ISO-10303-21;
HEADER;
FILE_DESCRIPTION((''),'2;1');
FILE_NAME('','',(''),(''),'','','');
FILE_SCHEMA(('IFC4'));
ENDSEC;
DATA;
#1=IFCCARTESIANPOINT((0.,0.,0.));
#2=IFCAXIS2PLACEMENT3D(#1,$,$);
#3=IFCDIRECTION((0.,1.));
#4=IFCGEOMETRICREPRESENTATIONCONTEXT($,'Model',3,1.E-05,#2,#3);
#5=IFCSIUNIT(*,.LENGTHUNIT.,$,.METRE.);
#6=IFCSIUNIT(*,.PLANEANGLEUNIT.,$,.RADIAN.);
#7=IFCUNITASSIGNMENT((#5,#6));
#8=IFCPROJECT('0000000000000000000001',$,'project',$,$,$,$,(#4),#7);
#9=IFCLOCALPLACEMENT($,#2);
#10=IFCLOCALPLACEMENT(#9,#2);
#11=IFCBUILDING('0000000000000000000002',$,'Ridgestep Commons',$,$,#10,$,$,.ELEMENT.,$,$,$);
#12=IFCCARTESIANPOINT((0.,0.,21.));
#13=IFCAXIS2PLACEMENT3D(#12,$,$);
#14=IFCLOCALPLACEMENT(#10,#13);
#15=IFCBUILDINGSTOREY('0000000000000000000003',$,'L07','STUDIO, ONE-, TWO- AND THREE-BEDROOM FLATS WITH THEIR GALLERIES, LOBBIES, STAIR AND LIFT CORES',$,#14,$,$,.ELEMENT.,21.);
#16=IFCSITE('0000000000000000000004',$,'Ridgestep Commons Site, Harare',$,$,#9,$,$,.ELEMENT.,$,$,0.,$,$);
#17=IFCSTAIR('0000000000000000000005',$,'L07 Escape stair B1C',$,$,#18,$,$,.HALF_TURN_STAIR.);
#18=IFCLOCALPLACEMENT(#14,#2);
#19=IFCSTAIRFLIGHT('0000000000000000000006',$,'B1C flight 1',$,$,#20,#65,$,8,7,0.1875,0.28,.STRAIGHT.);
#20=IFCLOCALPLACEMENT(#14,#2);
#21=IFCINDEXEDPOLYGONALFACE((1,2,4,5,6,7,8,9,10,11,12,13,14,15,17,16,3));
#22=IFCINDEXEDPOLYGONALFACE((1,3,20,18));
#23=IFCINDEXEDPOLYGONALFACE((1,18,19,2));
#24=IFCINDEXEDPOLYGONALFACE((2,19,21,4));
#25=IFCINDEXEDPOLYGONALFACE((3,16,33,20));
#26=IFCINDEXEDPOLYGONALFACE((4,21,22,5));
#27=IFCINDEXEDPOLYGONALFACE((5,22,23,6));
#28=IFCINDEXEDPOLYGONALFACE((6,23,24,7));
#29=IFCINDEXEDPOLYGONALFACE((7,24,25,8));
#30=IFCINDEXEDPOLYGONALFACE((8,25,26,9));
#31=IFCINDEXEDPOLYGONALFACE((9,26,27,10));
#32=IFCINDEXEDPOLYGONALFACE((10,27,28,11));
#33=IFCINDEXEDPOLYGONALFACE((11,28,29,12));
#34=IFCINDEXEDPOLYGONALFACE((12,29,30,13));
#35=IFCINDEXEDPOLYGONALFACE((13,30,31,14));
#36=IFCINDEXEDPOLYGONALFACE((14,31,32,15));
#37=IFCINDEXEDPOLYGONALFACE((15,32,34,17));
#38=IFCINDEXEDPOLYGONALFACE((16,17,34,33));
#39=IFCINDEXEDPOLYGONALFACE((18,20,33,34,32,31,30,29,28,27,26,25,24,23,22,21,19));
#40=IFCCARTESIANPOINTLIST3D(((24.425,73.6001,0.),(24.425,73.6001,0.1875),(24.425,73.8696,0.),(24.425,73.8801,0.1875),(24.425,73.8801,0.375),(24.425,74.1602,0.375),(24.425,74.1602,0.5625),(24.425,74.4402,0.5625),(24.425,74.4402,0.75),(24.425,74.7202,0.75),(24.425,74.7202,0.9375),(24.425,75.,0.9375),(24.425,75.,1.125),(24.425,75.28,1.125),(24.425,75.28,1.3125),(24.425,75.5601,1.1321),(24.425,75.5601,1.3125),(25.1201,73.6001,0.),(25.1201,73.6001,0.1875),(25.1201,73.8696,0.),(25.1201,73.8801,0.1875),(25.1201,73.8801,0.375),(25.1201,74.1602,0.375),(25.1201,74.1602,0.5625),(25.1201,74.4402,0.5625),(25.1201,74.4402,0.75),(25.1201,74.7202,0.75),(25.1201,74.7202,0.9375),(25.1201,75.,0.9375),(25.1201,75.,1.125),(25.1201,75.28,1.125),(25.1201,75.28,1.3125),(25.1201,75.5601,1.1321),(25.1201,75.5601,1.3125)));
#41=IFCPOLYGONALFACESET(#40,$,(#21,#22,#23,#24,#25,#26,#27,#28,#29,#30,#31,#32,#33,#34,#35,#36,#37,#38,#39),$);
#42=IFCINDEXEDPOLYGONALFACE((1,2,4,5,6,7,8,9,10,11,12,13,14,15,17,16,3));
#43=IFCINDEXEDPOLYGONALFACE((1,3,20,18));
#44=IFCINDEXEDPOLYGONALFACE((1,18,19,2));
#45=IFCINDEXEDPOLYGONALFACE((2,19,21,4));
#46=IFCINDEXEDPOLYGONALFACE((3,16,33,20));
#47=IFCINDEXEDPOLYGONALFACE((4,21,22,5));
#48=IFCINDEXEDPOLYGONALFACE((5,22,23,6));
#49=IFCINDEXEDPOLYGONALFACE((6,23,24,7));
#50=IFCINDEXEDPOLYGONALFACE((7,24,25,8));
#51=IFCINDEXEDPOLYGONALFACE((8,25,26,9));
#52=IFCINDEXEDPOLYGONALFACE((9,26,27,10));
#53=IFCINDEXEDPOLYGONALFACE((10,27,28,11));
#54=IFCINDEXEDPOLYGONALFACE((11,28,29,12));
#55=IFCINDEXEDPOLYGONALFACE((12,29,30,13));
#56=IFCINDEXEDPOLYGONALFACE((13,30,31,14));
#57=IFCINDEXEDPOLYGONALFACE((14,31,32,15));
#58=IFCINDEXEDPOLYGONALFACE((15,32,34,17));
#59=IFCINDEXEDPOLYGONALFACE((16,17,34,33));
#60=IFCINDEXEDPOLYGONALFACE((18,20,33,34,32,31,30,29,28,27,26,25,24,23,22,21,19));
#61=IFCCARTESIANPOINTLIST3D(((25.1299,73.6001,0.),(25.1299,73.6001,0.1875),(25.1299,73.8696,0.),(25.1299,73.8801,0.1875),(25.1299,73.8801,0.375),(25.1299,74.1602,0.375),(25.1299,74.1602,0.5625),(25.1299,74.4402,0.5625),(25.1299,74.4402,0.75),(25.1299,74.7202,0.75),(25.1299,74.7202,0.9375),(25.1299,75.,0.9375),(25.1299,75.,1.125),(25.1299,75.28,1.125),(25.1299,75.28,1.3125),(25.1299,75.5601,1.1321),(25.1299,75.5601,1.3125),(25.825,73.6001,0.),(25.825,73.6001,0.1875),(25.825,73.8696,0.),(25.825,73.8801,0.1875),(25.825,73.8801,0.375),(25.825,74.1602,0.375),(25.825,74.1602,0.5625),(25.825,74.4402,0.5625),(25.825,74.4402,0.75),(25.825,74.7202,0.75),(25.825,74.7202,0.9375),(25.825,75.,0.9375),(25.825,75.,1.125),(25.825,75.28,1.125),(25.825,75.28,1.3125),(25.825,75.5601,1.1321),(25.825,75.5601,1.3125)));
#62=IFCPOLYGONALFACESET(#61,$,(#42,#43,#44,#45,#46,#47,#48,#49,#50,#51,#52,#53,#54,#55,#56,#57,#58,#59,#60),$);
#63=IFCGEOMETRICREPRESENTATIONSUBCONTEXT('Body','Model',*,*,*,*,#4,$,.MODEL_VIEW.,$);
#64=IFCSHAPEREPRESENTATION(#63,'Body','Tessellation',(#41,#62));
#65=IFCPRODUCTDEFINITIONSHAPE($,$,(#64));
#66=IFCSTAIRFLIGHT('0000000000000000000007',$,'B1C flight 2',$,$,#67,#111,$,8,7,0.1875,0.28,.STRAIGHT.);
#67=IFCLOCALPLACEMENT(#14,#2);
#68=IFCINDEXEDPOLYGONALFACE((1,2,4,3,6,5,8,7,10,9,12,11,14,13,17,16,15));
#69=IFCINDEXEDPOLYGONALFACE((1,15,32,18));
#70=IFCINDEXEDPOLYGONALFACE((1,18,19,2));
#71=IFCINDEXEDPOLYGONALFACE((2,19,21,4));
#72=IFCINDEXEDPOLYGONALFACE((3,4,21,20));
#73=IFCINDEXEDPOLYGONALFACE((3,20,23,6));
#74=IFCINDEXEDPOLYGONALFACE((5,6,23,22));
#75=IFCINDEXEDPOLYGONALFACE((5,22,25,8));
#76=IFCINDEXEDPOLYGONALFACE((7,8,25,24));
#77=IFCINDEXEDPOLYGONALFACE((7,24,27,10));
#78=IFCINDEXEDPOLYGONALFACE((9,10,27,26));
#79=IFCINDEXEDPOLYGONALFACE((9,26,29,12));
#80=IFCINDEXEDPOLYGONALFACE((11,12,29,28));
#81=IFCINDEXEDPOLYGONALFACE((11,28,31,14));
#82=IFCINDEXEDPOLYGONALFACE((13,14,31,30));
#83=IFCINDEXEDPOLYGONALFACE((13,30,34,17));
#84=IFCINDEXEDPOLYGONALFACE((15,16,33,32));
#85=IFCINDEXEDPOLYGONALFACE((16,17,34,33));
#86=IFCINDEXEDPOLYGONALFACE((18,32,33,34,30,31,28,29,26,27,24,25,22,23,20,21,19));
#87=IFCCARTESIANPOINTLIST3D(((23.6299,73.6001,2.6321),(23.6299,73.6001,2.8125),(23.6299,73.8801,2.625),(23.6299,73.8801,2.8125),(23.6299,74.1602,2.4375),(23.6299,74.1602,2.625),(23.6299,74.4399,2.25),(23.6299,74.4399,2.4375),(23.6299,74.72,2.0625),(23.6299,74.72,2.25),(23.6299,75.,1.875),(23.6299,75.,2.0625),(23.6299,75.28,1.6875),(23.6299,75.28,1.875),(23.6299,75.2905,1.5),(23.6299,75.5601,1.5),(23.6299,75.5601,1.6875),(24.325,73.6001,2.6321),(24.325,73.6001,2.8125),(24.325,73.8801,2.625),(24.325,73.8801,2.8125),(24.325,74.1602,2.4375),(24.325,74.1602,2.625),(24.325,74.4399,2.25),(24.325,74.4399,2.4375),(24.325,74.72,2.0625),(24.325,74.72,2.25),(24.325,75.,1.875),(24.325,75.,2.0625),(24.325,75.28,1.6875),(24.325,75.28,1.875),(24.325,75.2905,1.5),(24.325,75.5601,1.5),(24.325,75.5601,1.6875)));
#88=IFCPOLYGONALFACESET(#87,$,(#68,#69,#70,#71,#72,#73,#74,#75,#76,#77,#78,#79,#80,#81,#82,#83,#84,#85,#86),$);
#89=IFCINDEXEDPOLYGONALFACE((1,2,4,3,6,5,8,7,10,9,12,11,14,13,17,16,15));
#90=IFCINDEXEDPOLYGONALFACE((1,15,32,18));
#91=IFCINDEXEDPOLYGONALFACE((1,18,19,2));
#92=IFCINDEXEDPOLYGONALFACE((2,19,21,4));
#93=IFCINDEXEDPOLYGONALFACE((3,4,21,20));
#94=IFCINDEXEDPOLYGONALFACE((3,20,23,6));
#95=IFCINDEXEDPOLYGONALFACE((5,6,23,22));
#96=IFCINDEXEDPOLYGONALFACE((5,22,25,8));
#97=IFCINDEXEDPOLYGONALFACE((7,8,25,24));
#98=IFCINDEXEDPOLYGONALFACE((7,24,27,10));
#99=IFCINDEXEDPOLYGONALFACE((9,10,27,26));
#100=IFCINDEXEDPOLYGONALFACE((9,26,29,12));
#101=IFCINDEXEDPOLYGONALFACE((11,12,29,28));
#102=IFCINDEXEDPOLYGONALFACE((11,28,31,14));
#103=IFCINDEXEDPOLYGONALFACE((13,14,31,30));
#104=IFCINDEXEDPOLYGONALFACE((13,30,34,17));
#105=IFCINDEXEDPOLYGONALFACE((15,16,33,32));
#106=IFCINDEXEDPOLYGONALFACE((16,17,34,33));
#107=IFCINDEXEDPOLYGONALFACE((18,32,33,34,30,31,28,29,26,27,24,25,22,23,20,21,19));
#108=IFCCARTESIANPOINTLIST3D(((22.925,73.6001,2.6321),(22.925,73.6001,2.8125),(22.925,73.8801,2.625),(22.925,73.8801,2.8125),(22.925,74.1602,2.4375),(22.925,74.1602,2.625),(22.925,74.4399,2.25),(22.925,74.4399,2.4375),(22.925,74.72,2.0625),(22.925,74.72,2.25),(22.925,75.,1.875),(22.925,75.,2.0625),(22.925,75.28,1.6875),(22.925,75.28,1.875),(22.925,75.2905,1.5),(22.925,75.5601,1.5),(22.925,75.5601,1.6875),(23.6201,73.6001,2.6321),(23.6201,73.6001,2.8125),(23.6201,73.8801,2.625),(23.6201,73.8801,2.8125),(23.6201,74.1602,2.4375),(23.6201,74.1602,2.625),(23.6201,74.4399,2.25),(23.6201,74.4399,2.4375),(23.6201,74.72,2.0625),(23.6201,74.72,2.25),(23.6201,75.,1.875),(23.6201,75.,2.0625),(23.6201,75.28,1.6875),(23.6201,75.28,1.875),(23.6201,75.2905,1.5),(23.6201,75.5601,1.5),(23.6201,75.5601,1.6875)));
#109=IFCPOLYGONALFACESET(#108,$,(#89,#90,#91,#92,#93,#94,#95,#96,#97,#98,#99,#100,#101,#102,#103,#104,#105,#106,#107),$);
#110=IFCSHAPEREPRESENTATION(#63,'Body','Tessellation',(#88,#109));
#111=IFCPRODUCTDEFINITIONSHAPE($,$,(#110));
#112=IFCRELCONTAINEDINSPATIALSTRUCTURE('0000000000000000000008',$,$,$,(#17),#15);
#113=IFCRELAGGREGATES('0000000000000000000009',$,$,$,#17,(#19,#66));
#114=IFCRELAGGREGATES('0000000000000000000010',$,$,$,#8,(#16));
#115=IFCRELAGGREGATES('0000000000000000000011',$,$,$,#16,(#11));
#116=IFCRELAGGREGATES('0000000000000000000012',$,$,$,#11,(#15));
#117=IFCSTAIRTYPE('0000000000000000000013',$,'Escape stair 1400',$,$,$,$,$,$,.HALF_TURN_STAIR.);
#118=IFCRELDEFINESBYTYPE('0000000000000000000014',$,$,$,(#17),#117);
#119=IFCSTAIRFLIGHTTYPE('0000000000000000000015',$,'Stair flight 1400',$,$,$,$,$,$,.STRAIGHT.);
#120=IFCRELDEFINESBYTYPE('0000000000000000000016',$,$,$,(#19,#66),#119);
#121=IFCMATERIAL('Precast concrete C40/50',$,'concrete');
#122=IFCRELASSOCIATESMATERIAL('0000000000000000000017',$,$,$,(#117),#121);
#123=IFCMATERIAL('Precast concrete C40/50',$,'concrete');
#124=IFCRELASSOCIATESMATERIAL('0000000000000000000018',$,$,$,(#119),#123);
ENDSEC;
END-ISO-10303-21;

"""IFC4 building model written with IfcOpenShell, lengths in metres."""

from ifc_helpers import new_model, si_unit, direction, frame, origin, place, context, subcontext, project, spatial, polyline, outline, extrude, material, type_object, element, aggregate, save


model = new_model("IFC4")

# Units and contexts
model_context = context("Model", 3, precision=1e-05, world=origin(), true_north=direction((0.0, 1.0)))
body_context = subcontext(model_context, "Body", "Model", "MODEL_VIEW")
ifc_project = project(units=[si_unit("LENGTHUNIT", "METRE"), si_unit("PLANEANGLEUNIT", "RADIAN")], contexts=[model_context])

# Site, building, storey
site_placement = place(None, origin())
site = spatial("IfcSite", under=ifc_project, at=site_placement, Name="Ridgestep Commons Site, Harare", CompositionType="ELEMENT", RefElevation=0.0)
building_placement = place(site_placement, origin())
building = spatial("IfcBuilding", under=site, at=building_placement, Name="Ridgestep Commons", CompositionType="ELEMENT")
storey_placement = place(building_placement, frame((0.0, 0.0, 21.0)))
storey = spatial("IfcBuildingStorey", under=building, at=storey_placement, Name="L07", Description="STUDIO, ONE-, TWO- AND THREE-BEDROOM FLATS WITH THEIR GALLERIES, LOBBIES, STAIR AND LIFT CORES", CompositionType="ELEMENT", Elevation=21.0)

# Stair, stair flights
ifc_material_1 = material(Name="Precast concrete C40/50", Category="concrete")
stair_type = type_object("IfcStairType", Name="Escape stair 1400", PredefinedType="HALF_TURN_STAIR", material=ifc_material_1)
stair_placement = place(storey_placement, origin())
stair = element("IfcStair", 1, at=stair_placement, inside=storey, type_object=stair_type, Name="L07 Escape stair B1C", PredefinedType="HALF_TURN_STAIR")
ifc_material_2 = material(Name="Precast concrete C40/50", Category="concrete")
stair_flight_type = type_object("IfcStairFlightType", Name="Stair flight 1400", PredefinedType="STRAIGHT", material=ifc_material_2)
stair_flight_1_placement = place(storey_placement, frame((25.125, 73.6001, 0.0), z_axis=(0.0, 0.0, 1.0), x_axis=(0.0, 1.0, 0.0)))
stair_flight_1 = element("IfcStairFlight", 2, at=stair_flight_1_placement, type_object=stair_flight_type, Name="B1C flight 1", NumberOfRisers=8, NumberOfTreads=7, PredefinedType="STRAIGHT", RiserHeight=0.1875, TreadLength=0.28, context=body_context, shape_type="SweptSolid", body=[
    extrude(outline(polyline([(0.0, 0.0), (0.0, 0.1875), (0.28, 0.1875), (0.28, 0.375), (0.5601, 0.375), (0.5601, 0.5625), (0.8401, 0.5625), (0.8401, 0.75), (1.1201, 0.75), (1.1201, 0.9375), (1.3999, 0.9375), (1.3999, 1.125), (1.6799, 1.125), (1.6799, 1.3125), (1.96, 1.3125), (1.96, 1.5), (1.96, 1.1321), (0.2695, 0.0), (0.0, 0.0)])), frame((0.0, 0.7, 0.0), z_axis=(0.0, -1.0, 0.0), x_axis=(1.0, 0.0, 0.0)), (0.0, 0.0, 1.0), 0.6951),
    extrude(outline(polyline([(0.0, 0.0), (0.0, 0.1875), (0.28, 0.1875), (0.28, 0.375), (0.5601, 0.375), (0.5601, 0.5625), (0.8401, 0.5625), (0.8401, 0.75), (1.1201, 0.75), (1.1201, 0.9375), (1.3999, 0.9375), (1.3999, 1.125), (1.6799, 1.125), (1.6799, 1.3125), (1.96, 1.3125), (1.96, 1.5), (1.96, 1.1321), (0.2695, 0.0), (0.0, 0.0)])), frame((0.0, -0.0049, 0.0), z_axis=(0.0, -1.0, 0.0), x_axis=(1.0, 0.0, 0.0)), (0.0, 0.0, 1.0), 0.6951),
])
stair_flight_2_placement = place(storey_placement, frame((23.625, 75.5601, 1.5), z_axis=(0.0, 0.0, 1.0), x_axis=(0.0, -1.0, 0.0)))
stair_flight_2 = element("IfcStairFlight", 3, at=stair_flight_2_placement, type_object=stair_flight_type, Name="B1C flight 2", NumberOfRisers=8, NumberOfTreads=7, PredefinedType="STRAIGHT", RiserHeight=0.1875, TreadLength=0.28, context=body_context, shape_type="SweptSolid", body=[
    extrude(outline(polyline([(0.0, 0.0), (0.0, 0.1875), (0.28, 0.1875), (0.28, 0.375), (0.5601, 0.375), (0.5601, 0.5625), (0.8401, 0.5625), (0.8401, 0.75), (1.1201, 0.75), (1.1201, 0.9375), (1.3999, 0.9375), (1.3999, 1.125), (1.6799, 1.125), (1.6799, 1.3125), (1.96, 1.3125), (1.96, 1.5), (1.96, 1.1321), (0.2695, 0.0), (0.0, 0.0)])), frame((0.0, 0.7, 0.0), z_axis=(0.0, -1.0, 0.0), x_axis=(1.0, 0.0, 0.0)), (0.0, 0.0, 1.0), 0.6951),
    extrude(outline(polyline([(0.0, 0.0), (0.0, 0.1875), (0.28, 0.1875), (0.28, 0.375), (0.5601, 0.375), (0.5601, 0.5625), (0.8401, 0.5625), (0.8401, 0.75), (1.1201, 0.75), (1.1201, 0.9375), (1.3999, 0.9375), (1.3999, 1.125), (1.6799, 1.125), (1.6799, 1.3125), (1.96, 1.3125), (1.96, 1.5), (1.96, 1.1321), (0.2695, 0.0), (0.0, 0.0)])), frame((0.0, -0.0049, 0.0), z_axis=(0.0, -1.0, 0.0), x_axis=(1.0, 0.0, 0.0)), (0.0, 0.0, 1.0), 0.6951),
])
aggregate(stair, [stair_flight_1, stair_flight_2])

save(model, "model.ifc")
